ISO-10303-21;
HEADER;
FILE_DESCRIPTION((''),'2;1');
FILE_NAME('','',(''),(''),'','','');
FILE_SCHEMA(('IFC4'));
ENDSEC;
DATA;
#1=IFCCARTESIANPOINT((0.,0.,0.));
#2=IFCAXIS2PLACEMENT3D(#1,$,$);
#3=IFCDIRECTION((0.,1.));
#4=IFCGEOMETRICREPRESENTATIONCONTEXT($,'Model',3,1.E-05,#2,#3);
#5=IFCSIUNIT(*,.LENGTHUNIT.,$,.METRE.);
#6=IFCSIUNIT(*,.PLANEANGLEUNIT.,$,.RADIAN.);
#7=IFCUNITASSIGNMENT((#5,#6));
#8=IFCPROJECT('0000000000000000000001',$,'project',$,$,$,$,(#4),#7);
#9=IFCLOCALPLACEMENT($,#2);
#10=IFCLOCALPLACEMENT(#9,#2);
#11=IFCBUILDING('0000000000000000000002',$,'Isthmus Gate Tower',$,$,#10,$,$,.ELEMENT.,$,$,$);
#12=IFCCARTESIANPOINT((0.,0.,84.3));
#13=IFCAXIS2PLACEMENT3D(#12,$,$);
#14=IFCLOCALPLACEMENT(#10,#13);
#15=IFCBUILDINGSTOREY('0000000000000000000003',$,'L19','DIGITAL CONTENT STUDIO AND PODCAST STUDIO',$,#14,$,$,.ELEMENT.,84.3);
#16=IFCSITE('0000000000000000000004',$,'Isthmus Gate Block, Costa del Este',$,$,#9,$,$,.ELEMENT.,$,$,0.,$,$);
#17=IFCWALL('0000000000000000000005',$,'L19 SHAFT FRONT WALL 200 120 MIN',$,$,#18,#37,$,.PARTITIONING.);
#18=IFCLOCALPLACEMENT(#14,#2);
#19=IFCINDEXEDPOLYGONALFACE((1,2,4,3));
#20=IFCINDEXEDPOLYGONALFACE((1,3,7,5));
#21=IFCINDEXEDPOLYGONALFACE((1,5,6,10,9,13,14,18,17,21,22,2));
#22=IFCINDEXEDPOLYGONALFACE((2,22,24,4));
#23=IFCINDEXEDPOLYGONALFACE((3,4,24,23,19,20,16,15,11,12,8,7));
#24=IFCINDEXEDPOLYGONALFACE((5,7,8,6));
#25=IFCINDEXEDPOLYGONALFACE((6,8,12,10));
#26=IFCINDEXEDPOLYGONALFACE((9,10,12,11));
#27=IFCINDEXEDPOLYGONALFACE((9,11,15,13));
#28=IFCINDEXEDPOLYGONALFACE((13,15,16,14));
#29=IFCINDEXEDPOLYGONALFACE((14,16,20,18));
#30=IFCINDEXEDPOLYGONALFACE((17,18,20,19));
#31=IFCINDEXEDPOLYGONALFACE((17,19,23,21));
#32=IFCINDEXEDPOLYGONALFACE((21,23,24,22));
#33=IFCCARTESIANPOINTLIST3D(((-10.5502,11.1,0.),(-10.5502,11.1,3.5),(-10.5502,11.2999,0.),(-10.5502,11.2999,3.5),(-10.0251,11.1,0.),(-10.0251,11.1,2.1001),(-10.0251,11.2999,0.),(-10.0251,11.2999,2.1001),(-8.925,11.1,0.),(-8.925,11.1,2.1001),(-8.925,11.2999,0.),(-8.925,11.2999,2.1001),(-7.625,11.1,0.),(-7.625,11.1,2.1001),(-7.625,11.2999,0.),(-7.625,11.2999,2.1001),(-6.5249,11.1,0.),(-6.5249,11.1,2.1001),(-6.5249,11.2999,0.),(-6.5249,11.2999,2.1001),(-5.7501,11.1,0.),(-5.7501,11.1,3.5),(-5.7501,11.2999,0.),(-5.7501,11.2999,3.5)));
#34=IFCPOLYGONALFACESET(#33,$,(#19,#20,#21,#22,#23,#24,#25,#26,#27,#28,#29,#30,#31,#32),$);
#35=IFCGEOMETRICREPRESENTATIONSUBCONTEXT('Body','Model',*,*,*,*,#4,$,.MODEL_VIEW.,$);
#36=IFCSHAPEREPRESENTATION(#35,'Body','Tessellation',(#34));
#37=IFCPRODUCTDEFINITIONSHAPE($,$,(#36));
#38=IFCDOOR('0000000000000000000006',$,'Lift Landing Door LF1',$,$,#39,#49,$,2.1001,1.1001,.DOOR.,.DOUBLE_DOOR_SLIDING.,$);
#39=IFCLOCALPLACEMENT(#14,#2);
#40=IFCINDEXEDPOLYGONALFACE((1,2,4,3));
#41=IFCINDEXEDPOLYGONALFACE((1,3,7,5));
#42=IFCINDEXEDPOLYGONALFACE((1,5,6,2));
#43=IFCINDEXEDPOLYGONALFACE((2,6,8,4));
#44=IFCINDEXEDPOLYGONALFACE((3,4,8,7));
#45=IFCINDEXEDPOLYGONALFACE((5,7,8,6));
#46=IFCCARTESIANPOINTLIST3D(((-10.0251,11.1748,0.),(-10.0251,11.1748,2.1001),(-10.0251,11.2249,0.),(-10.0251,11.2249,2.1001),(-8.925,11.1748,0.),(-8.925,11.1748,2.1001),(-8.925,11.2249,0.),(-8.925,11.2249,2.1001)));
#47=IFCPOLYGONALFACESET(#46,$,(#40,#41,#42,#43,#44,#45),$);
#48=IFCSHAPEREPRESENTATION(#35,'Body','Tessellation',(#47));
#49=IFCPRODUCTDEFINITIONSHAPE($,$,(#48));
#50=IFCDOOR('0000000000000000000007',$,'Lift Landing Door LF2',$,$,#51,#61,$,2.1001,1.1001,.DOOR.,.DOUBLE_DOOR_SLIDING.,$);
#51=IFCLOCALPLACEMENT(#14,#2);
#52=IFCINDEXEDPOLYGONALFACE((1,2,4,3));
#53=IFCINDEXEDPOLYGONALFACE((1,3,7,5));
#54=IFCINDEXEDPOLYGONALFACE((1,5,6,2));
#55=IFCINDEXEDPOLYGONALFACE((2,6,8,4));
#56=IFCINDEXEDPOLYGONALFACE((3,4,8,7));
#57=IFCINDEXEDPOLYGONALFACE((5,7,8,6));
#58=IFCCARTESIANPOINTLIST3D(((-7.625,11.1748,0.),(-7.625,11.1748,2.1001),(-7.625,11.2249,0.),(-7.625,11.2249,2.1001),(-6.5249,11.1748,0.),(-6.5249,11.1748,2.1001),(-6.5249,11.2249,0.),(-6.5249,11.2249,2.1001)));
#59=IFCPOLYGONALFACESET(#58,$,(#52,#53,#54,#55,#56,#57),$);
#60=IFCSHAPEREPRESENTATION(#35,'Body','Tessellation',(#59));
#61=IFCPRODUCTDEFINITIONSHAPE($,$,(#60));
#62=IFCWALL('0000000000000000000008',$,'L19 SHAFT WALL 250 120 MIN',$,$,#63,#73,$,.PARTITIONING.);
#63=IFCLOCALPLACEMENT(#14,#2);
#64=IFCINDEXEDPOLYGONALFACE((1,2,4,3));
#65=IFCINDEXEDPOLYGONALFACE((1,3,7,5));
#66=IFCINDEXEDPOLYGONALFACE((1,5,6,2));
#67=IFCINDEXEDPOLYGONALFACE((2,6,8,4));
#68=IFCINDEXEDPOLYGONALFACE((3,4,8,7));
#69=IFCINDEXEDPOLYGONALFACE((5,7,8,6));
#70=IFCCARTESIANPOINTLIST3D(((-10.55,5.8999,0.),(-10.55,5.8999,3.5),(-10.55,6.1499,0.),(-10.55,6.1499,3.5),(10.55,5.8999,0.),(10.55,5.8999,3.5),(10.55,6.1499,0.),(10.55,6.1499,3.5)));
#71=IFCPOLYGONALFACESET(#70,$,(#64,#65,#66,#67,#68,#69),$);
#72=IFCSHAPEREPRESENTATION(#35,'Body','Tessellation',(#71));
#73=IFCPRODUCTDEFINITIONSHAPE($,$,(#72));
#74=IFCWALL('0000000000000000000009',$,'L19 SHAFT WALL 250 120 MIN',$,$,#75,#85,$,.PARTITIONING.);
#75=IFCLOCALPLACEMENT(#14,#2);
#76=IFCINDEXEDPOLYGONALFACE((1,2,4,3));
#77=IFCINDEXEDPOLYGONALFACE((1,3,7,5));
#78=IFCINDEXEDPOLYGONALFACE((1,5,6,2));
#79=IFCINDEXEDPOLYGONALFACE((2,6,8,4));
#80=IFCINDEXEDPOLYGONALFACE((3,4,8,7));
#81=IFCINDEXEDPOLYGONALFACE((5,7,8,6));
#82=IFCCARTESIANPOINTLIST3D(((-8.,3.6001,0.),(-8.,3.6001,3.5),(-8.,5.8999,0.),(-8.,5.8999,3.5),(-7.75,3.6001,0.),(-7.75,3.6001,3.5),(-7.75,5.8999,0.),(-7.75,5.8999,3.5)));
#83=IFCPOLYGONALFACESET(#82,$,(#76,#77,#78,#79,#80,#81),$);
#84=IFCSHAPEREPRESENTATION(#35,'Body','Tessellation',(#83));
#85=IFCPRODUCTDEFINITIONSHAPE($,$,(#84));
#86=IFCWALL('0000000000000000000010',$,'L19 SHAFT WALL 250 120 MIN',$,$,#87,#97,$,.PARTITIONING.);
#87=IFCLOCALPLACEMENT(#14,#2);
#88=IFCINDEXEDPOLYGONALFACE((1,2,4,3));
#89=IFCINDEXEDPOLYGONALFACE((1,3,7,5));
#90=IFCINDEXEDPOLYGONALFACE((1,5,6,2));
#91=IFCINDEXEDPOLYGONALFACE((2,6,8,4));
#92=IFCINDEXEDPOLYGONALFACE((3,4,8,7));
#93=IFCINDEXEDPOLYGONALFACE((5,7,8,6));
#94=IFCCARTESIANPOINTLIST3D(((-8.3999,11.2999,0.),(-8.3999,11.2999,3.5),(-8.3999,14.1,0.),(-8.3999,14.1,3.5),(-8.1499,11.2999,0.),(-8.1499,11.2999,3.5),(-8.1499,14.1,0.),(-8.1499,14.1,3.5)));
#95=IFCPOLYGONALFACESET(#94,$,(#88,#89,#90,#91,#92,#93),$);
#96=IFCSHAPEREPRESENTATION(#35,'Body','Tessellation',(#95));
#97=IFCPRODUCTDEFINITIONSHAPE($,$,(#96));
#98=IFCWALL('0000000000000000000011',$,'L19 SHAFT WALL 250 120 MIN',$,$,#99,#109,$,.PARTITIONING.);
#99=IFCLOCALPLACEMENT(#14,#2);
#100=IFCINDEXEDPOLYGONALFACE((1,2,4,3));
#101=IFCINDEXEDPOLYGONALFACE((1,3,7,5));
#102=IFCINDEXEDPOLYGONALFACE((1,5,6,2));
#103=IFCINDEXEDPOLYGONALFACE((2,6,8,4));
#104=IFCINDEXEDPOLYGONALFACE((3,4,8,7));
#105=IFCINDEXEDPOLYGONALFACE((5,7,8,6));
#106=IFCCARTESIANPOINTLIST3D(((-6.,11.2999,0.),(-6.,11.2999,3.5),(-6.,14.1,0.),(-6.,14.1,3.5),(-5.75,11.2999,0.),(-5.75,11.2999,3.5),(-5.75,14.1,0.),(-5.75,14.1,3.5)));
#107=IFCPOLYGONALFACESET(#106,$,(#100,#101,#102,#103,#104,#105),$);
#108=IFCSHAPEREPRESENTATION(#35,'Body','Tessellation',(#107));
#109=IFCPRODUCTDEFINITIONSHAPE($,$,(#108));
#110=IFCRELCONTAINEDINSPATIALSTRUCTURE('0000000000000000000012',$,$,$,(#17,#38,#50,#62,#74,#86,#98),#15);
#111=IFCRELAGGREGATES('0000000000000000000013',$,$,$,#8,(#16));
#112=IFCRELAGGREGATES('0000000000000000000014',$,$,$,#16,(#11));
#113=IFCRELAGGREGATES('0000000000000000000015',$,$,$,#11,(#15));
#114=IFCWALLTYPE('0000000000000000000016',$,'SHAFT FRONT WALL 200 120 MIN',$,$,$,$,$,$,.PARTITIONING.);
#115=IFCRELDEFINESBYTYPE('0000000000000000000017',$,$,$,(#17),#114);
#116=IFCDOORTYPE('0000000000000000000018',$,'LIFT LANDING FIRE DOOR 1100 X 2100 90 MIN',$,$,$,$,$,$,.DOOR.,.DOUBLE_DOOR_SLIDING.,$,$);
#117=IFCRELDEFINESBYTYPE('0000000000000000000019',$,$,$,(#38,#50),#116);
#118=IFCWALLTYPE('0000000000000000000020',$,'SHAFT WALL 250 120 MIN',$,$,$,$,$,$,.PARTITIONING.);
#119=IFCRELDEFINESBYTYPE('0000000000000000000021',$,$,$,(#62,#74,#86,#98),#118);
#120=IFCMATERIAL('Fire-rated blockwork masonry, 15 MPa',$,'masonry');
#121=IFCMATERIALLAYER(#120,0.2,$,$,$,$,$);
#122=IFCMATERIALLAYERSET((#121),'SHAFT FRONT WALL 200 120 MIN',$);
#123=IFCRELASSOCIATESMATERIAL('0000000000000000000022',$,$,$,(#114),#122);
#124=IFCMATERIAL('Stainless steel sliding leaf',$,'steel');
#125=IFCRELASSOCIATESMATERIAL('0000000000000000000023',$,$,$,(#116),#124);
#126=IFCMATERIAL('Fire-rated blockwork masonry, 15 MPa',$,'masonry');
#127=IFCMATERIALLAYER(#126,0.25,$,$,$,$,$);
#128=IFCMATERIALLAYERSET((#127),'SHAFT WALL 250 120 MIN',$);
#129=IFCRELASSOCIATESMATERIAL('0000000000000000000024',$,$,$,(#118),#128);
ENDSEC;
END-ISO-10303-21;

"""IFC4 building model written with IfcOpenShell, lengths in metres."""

from ifc_helpers import new_model, si_unit, direction, frame, frame_2d, origin, place, context, subcontext, project, spatial, rectangle, extrude, material, layer, layer_set, type_object, element, fill, save


model = new_model("IFC4")

# Units and contexts
model_context = context("Model", 3, precision=1e-05, world=origin(), true_north=direction((0.0, 1.0)))
body_context = subcontext(model_context, "Body", "Model", "MODEL_VIEW")
ifc_project = project(units=[si_unit("LENGTHUNIT", "METRE"), si_unit("PLANEANGLEUNIT", "RADIAN")], contexts=[model_context])

# Site, building, storey
site_placement = place(None, origin())
site = spatial("IfcSite", under=ifc_project, at=site_placement, Name="Isthmus Gate Block, Costa del Este", CompositionType="ELEMENT", RefElevation=0.0)
building_placement = place(site_placement, origin())
building = spatial("IfcBuilding", under=site, at=building_placement, Name="Isthmus Gate Tower", CompositionType="ELEMENT")
storey_placement = place(building_placement, frame((0.0, 0.0, 84.3)))
storey = spatial("IfcBuildingStorey", under=building, at=storey_placement, Name="L19", Description="DIGITAL CONTENT STUDIO AND PODCAST STUDIO", CompositionType="ELEMENT", Elevation=84.3)

# Wall, openings, doors
ifc_material_1 = material(Name="Fire-rated blockwork masonry, 15 MPa", Category="masonry")
ifc_layer_1 = layer(ifc_material_1, 0.2)
ifc_layer_set_1 = layer_set([ifc_layer_1], Name="SHAFT FRONT WALL 200 120 MIN")
wall_type_1 = type_object("IfcWallType", Name="SHAFT FRONT WALL 200 120 MIN", PredefinedType="PARTITIONING", material=ifc_layer_set_1)
wall_1_placement = place(storey_placement, frame((-10.55, 11.2, 0.0), z_axis=(0.0, 0.0, 1.0), x_axis=(1.0, 0.0, 0.0)))
wall_1 = element("IfcWall", 1, at=wall_1_placement, inside=storey, type_object=wall_type_1, Name="L19 SHAFT FRONT WALL 200 120 MIN", PredefinedType="PARTITIONING", context=body_context, shape_type="SweptSolid", body=[
    extrude(rectangle(XDim=4.8, YDim=0.2, at=frame_2d((2.3999, 0.0))), origin(), (0.0, 0.0, 1.0), 3.5),
])
opening_1_placement = place(wall_1_placement, frame((0.5249, 0.0, 0.0)))
opening_1 = element("IfcOpeningElement", 2, at=opening_1_placement, cuts=wall_1, PredefinedType="OPENING", context=body_context, shape_type="SweptSolid", body=[
    extrude(rectangle(XDim=1.1001, YDim=2.1001, at=frame_2d((0.55, 1.05))), frame((0.0, 0.1099, 0.0), z_axis=(0.0, -1.0, 0.0), x_axis=(1.0, 0.0, 0.0)), (0.0, 0.0, 1.0), 0.22),
])
opening_2_placement = place(wall_1_placement, frame((2.925, 0.0, 0.0)))
opening_2 = element("IfcOpeningElement", 3, at=opening_2_placement, cuts=wall_1, PredefinedType="OPENING", context=body_context, shape_type="SweptSolid", body=[
    extrude(rectangle(XDim=1.1001, YDim=2.1001, at=frame_2d((0.55, 1.05))), frame((0.0, 0.1099, 0.0), z_axis=(0.0, -1.0, 0.0), x_axis=(1.0, 0.0, 0.0)), (0.0, 0.0, 1.0), 0.22),
])
ifc_material_2 = material(Name="Stainless steel sliding leaf", Category="steel")
door_type_1 = type_object("IfcDoorType", Name="LIFT LANDING FIRE DOOR 1100 X 2100 90 MIN", OperationType="DOUBLE_DOOR_SLIDING", PredefinedType="DOOR", material=ifc_material_2)
door_1_placement = place(opening_1_placement, origin())
door_1 = element("IfcDoor", 4, at=door_1_placement, inside=storey, type_object=door_type_1, Name="Lift Landing Door LF1", OperationType="DOUBLE_DOOR_SLIDING", OverallHeight=2.1001, OverallWidth=1.1001, PredefinedType="DOOR", context=body_context, shape_type="SweptSolid", body=[
    extrude(rectangle(XDim=1.1001, YDim=2.1001, at=frame_2d((0.55, 1.05))), frame((0.0, 0.0249, 0.0), z_axis=(0.0, -1.0, 0.0), x_axis=(1.0, 0.0, 0.0)), (0.0, 0.0, 1.0), 0.05),
])
fill(opening_1, door_1)
door_2_placement = place(opening_2_placement, origin())
door_2 = element("IfcDoor", 5, at=door_2_placement, inside=storey, type_object=door_type_1, Name="Lift Landing Door LF2", OperationType="DOUBLE_DOOR_SLIDING", OverallHeight=2.1001, OverallWidth=1.1001, PredefinedType="DOOR", context=body_context, shape_type="SweptSolid", body=[
    extrude(rectangle(XDim=1.1001, YDim=2.1001, at=frame_2d((0.55, 1.05))), frame((0.0, 0.0249, 0.0), z_axis=(0.0, -1.0, 0.0), x_axis=(1.0, 0.0, 0.0)), (0.0, 0.0, 1.0), 0.05),
])
fill(opening_2, door_2)

# Walls
ifc_material_3 = material(Name="Fire-rated blockwork masonry, 15 MPa", Category="masonry")
ifc_layer_2 = layer(ifc_material_3, 0.25)
ifc_layer_set_2 = layer_set([ifc_layer_2], Name="SHAFT WALL 250 120 MIN")
wall_type_2 = type_object("IfcWallType", Name="SHAFT WALL 250 120 MIN", PredefinedType="PARTITIONING", material=ifc_layer_set_2)
wall_2_placement = place(storey_placement, frame((-10.55, 6.0249, 0.0), z_axis=(0.0, 0.0, 1.0), x_axis=(1.0, 0.0, 0.0)))
element("IfcWall", 6, at=wall_2_placement, inside=storey, type_object=wall_type_2, Name="L19 SHAFT WALL 250 120 MIN", PredefinedType="PARTITIONING", context=body_context, shape_type="SweptSolid", body=[
    extrude(rectangle(XDim=21.1001, YDim=0.25, at=frame_2d((10.55, 0.0))), origin(), (0.0, 0.0, 1.0), 3.5),
])
wall_3_placement = place(storey_placement, frame((-7.875, 3.6001, 0.0), z_axis=(0.0, 0.0, 1.0), x_axis=(0.0, 1.0, 0.0)))
element("IfcWall", 7, at=wall_3_placement, inside=storey, type_object=wall_type_2, Name="L19 SHAFT WALL 250 120 MIN", PredefinedType="PARTITIONING", context=body_context, shape_type="SweptSolid", body=[
    extrude(rectangle(XDim=2.2998, YDim=0.25, at=frame_2d((1.1499, 0.0))), origin(), (0.0, 0.0, 1.0), 3.5),
])
for number, where, z_axis, x_axis, name in (
    (8, (-8.2749, 11.3, 0.0), (0.0, 0.0, 1.0), (0.0, 1.0, 0.0), "L19 SHAFT WALL 250 120 MIN"),
    (9, (-5.875, 11.3, 0.0), (0.0, 0.0, 1.0), (0.0, 1.0, 0.0), "L19 SHAFT WALL 250 120 MIN"),
):
    element("IfcWall", number, at=place(storey_placement, frame(where, z_axis=z_axis, x_axis=x_axis)), inside=storey, type_object=wall_type_2, Name=name, PredefinedType="PARTITIONING", context=body_context, shape_type="SweptSolid", body=[
        extrude(rectangle(XDim=2.8, YDim=0.25, at=frame_2d((1.3999, 0.0))), origin(), (0.0, 0.0, 1.0), 3.5),
    ])

save(model, "model.ifc")
